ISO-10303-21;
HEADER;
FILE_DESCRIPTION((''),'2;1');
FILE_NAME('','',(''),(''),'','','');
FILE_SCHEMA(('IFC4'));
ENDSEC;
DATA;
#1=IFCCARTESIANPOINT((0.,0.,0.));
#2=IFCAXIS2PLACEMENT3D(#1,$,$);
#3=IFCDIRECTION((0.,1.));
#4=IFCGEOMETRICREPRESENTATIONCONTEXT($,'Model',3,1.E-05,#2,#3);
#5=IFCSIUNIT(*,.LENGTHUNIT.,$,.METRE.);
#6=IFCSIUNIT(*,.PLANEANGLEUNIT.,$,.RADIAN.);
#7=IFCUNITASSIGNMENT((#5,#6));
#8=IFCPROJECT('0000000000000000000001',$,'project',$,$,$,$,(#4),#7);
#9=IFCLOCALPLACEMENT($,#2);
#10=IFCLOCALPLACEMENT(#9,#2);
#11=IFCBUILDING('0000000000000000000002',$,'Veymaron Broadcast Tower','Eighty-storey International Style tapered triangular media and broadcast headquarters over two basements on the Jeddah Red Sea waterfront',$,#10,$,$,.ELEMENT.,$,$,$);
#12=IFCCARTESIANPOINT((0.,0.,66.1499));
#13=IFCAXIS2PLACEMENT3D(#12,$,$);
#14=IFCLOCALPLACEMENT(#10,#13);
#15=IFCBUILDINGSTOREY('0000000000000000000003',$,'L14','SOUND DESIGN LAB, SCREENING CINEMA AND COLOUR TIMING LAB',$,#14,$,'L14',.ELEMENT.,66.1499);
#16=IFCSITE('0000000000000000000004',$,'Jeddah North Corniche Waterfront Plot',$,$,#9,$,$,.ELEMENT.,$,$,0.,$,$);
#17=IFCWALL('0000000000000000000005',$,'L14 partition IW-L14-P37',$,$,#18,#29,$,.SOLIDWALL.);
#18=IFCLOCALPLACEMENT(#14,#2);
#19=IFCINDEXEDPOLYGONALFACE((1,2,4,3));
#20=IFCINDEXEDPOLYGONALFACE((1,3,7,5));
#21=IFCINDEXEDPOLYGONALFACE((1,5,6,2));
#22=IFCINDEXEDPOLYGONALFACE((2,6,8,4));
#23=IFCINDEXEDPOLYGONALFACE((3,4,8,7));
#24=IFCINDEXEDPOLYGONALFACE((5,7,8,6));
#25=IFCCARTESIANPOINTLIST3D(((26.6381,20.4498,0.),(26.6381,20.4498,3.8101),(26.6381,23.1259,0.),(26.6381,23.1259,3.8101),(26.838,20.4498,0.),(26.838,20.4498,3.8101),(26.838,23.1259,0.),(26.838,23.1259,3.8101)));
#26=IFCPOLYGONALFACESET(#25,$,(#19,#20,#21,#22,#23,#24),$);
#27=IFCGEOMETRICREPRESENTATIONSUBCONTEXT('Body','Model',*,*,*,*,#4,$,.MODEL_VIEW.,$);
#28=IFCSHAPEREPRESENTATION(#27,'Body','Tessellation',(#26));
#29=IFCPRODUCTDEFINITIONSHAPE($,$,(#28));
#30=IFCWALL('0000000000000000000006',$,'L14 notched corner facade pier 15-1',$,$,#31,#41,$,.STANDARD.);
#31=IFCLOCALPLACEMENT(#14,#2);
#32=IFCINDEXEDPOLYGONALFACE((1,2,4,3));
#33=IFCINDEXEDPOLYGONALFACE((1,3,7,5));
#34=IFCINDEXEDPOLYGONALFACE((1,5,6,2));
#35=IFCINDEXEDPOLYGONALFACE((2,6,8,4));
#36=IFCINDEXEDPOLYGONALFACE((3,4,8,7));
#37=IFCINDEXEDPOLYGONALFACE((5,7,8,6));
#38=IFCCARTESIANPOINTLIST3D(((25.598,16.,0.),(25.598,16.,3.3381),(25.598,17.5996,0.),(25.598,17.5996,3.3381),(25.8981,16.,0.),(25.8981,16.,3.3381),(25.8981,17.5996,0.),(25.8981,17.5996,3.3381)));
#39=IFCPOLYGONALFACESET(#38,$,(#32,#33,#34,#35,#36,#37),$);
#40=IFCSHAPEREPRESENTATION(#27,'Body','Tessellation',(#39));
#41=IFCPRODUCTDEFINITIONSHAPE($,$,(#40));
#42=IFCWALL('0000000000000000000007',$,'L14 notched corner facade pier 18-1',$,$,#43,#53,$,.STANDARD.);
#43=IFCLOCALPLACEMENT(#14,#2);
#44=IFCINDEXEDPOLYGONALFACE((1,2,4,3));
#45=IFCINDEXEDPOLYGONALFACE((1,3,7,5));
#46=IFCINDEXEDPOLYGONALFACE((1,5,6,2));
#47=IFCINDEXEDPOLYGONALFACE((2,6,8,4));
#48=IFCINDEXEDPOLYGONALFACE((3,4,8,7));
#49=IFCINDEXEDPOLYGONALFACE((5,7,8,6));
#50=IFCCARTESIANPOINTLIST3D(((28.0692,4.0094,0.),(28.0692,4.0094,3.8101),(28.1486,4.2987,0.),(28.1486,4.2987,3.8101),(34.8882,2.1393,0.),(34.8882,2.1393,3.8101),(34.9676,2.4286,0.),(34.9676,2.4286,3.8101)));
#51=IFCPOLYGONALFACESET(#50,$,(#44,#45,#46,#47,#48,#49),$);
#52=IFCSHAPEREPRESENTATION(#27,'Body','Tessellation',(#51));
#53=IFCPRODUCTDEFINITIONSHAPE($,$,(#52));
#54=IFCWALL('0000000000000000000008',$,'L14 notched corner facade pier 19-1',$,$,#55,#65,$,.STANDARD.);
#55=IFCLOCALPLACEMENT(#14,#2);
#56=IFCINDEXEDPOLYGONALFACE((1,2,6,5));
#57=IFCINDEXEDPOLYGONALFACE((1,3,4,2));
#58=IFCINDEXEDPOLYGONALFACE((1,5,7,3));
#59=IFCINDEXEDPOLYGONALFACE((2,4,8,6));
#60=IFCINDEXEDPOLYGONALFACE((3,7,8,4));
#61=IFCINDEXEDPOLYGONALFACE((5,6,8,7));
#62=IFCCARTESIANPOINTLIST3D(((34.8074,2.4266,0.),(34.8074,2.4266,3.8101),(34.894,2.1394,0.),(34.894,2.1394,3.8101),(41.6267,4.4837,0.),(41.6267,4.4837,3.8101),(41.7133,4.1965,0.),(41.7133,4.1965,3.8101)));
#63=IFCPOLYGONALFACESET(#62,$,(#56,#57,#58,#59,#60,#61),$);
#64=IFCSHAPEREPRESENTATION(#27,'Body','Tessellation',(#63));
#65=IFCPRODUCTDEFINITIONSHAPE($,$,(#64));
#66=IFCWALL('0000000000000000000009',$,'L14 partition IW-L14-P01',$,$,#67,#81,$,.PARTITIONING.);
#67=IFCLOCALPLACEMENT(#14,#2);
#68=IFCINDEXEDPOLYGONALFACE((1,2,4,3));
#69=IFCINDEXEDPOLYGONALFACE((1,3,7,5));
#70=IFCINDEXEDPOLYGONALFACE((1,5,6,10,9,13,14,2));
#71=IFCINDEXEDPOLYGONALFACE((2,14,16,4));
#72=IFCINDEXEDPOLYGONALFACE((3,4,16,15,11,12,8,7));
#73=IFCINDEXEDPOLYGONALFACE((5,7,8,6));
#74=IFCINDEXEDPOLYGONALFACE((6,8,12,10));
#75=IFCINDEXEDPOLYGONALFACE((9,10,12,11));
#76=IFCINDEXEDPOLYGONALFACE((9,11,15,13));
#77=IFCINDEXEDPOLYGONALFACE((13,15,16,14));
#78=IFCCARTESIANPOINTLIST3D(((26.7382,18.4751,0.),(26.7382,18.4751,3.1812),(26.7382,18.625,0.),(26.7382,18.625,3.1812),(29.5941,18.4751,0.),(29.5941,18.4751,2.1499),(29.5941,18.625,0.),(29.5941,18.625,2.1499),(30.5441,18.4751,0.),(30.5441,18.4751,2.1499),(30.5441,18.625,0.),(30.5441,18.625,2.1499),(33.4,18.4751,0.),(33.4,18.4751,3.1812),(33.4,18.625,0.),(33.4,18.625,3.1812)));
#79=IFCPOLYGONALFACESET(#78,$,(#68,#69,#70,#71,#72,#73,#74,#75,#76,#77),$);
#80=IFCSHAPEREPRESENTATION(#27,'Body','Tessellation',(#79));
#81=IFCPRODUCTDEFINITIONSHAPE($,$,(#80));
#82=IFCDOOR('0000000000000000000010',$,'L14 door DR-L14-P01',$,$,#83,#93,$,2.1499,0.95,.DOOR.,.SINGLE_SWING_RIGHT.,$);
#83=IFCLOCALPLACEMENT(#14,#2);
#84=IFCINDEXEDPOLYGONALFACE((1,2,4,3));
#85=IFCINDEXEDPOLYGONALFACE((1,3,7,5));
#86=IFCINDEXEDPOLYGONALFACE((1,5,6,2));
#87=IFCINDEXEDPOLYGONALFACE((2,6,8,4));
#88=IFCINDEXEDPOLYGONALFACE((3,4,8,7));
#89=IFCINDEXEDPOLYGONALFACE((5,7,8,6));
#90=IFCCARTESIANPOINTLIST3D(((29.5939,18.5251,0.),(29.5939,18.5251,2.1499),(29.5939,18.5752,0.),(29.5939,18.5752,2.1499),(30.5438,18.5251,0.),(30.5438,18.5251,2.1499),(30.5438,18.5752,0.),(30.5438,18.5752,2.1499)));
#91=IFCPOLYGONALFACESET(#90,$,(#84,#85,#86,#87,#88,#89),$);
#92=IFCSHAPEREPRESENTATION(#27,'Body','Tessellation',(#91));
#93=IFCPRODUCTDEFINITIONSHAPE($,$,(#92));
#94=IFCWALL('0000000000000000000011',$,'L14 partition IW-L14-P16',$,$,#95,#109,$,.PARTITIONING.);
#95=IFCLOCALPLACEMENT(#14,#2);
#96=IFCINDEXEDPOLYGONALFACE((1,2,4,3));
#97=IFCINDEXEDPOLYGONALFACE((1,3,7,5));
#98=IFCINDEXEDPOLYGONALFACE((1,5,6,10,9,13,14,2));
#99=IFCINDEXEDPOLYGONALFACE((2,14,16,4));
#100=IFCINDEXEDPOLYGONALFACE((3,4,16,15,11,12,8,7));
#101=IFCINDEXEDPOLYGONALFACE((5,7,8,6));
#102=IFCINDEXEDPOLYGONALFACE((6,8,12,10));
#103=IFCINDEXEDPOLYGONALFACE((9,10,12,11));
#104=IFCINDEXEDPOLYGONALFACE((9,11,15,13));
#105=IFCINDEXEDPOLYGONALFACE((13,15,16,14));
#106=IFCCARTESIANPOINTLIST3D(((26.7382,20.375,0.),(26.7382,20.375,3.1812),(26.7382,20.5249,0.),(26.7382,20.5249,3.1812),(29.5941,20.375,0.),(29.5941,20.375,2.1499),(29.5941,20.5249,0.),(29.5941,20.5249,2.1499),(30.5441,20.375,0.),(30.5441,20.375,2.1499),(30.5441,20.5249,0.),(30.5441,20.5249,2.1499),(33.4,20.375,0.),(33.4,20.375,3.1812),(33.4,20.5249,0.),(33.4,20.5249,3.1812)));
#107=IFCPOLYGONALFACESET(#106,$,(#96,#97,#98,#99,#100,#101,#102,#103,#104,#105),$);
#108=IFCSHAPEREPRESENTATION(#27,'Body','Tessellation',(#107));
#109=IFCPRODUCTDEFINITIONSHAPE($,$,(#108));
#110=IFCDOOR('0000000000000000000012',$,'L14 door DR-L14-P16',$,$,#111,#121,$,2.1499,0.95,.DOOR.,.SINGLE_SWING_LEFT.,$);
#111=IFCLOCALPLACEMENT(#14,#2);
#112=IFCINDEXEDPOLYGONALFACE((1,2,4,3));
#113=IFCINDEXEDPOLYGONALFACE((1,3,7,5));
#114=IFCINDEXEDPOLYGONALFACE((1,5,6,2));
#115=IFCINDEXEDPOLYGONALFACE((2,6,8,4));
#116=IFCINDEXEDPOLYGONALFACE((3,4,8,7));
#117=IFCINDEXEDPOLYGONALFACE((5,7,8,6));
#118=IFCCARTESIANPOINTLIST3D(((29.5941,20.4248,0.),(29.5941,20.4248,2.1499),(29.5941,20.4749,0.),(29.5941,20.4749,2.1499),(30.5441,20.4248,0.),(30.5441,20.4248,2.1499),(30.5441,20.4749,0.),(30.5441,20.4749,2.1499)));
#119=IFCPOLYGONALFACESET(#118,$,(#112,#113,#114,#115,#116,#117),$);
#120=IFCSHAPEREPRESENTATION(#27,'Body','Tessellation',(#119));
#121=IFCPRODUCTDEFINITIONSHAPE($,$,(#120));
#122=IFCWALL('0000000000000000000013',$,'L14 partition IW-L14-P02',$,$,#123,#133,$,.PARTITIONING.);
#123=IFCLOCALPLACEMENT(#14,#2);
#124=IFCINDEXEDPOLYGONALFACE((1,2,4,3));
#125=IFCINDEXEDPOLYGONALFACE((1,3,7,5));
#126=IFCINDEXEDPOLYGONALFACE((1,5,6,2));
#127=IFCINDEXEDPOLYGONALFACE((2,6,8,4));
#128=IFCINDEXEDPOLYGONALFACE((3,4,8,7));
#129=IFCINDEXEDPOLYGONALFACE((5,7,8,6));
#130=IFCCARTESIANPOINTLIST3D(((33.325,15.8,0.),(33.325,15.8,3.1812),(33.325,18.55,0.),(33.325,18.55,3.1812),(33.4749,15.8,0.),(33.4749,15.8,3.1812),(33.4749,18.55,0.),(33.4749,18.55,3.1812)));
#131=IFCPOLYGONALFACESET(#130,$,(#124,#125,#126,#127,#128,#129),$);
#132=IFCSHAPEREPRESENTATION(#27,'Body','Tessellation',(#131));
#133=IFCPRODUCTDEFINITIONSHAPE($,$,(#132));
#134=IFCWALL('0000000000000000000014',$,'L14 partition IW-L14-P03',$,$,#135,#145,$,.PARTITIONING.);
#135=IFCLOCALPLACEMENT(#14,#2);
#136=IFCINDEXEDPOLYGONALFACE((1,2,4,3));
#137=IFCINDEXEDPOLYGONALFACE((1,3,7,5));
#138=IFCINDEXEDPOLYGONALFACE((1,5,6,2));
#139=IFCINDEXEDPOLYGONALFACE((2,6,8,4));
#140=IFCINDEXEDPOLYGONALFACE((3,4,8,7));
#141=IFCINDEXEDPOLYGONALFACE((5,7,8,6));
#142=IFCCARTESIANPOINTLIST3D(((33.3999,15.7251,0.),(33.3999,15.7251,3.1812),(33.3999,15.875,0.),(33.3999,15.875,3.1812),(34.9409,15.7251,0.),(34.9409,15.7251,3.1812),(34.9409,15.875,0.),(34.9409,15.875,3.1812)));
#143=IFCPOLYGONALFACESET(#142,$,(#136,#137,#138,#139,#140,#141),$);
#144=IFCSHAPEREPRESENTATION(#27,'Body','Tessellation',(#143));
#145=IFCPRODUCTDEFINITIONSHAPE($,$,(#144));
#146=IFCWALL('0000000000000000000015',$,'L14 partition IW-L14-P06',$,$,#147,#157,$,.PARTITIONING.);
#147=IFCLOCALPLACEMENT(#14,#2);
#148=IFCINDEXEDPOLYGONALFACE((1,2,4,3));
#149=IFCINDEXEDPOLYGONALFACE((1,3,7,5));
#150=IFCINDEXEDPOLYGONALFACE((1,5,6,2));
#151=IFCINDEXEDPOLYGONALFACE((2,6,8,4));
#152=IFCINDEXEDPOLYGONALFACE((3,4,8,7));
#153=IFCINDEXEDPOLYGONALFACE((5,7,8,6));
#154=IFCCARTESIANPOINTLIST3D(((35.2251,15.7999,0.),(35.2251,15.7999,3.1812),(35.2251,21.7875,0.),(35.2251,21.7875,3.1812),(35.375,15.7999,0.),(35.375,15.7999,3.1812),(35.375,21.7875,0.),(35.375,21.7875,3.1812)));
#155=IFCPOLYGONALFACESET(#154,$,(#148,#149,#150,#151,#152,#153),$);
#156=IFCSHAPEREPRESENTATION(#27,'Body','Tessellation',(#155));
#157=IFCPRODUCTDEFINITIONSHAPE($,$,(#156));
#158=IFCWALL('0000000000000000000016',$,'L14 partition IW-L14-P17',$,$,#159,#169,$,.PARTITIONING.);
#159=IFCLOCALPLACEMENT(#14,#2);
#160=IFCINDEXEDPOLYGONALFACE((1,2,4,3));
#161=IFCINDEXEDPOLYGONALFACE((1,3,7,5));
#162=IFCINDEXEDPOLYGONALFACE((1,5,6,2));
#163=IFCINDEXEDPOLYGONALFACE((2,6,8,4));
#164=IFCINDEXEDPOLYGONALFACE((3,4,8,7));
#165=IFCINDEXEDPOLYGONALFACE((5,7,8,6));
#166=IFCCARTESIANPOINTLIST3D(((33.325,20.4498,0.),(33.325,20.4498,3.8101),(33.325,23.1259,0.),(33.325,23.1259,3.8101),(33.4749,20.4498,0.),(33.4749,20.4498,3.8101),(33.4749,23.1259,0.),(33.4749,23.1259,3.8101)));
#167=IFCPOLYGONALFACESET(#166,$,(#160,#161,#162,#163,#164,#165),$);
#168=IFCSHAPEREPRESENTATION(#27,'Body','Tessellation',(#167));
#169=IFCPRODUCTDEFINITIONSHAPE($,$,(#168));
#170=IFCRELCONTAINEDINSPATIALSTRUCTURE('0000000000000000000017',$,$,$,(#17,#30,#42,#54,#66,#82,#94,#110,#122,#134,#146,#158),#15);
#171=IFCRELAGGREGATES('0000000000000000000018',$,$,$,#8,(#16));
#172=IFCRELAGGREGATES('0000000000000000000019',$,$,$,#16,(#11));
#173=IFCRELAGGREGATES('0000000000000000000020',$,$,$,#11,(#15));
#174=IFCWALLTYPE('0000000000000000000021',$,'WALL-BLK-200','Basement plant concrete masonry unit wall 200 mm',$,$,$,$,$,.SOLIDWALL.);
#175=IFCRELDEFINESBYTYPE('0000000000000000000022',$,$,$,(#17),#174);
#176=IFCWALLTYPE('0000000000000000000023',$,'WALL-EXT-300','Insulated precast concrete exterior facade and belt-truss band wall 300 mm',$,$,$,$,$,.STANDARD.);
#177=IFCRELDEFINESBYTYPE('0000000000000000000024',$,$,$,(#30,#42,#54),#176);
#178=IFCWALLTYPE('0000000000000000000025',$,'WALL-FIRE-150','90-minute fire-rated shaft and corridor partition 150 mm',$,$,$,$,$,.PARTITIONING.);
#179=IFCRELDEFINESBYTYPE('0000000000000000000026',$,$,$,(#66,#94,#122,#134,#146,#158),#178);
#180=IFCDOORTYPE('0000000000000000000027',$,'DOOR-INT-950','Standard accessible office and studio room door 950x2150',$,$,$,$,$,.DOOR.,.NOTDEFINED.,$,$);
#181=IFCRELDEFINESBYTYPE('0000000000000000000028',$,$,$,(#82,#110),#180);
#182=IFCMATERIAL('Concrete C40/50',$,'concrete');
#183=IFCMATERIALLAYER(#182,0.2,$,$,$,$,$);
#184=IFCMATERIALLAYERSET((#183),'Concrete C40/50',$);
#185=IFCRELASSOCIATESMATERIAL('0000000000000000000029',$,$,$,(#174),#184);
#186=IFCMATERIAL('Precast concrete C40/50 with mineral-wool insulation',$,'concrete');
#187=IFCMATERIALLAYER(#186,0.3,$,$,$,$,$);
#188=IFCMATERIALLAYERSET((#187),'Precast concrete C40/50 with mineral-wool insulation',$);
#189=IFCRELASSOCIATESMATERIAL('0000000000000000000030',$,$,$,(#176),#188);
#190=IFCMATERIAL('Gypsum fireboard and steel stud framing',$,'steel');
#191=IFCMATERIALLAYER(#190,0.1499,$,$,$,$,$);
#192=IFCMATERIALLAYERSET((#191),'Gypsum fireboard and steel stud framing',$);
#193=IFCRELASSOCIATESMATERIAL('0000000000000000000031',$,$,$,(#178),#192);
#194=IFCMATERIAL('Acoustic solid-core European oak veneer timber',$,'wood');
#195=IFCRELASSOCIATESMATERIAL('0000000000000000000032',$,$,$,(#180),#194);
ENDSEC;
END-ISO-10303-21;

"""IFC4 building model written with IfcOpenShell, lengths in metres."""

from ifc_helpers import new_model, si_unit, direction, frame, frame_2d, origin, place, context, subcontext, project, spatial, rectangle, extrude, material, layer, layer_set, type_object, element, fill, save


model = new_model("IFC4")

# Units and contexts
model_context = context("Model", 3, precision=1e-05, world=origin(), true_north=direction((0.0, 1.0)))
body_context = subcontext(model_context, "Body", "Model", "MODEL_VIEW")
ifc_project = project(units=[si_unit("LENGTHUNIT", "METRE"), si_unit("PLANEANGLEUNIT", "RADIAN")], contexts=[model_context])

# Site, building, storey
site_placement = place(None, origin())
site = spatial("IfcSite", under=ifc_project, at=site_placement, Name="Jeddah North Corniche Waterfront Plot", CompositionType="ELEMENT", RefElevation=0.0)
building_placement = place(site_placement, origin())
building = spatial("IfcBuilding", under=site, at=building_placement, Name="Veymaron Broadcast Tower", Description="Eighty-storey International Style tapered triangular media and broadcast headquarters over two basements on the Jeddah Red Sea waterfront", CompositionType="ELEMENT")
storey_placement = place(building_placement, frame((0.0, 0.0, 66.1499)))
storey = spatial("IfcBuildingStorey", under=building, at=storey_placement, Name="L14", Description="SOUND DESIGN LAB, SCREENING CINEMA AND COLOUR TIMING LAB", LongName="L14", CompositionType="ELEMENT", Elevation=66.1499)

# Walls
ifc_material_1 = material(Name="Concrete C40/50", Category="concrete")
ifc_layer_1 = layer(ifc_material_1, 0.2)
ifc_layer_set_1 = layer_set([ifc_layer_1], Name="Concrete C40/50")
wall_type_1 = type_object("IfcWallType", Name="WALL-BLK-200", Description="Basement plant concrete masonry unit wall 200 mm", PredefinedType="SOLIDWALL", material=ifc_layer_set_1)
wall_1_placement = place(storey_placement, frame((26.738, 20.45, 0.0), z_axis=(0.0, 0.0, 1.0), x_axis=(0.0, 1.0, 0.0)))
element("IfcWall", 1, at=wall_1_placement, inside=storey, type_object=wall_type_1, Name="L14 partition IW-L14-P37", PredefinedType="SOLIDWALL", context=body_context, shape_type="SweptSolid", body=[
    extrude(rectangle(XDim=2.676, YDim=0.2, at=frame_2d((1.3379, 0.0))), origin(), (0.0, 0.0, 1.0), 3.8101),
])
ifc_material_2 = material(Name="Precast concrete C40/50 with mineral-wool insulation", Category="concrete")
ifc_layer_2 = layer(ifc_material_2, 0.3)
ifc_layer_set_2 = layer_set([ifc_layer_2], Name="Precast concrete C40/50 with mineral-wool insulation")
wall_type_2 = type_object("IfcWallType", Name="WALL-EXT-300", Description="Insulated precast concrete exterior facade and belt-truss band wall 300 mm", PredefinedType="STANDARD", material=ifc_layer_set_2)
wall_2_placement = place(storey_placement, frame((25.748, 17.5996, 0.0), z_axis=(0.0, 0.0, 1.0), x_axis=(0.0, -1.0, 0.0)))
element("IfcWall", 2, at=wall_2_placement, inside=storey, type_object=wall_type_2, Name="L14 notched corner facade pier 15-1", PredefinedType="STANDARD", context=body_context, shape_type="SweptSolid", body=[
    extrude(rectangle(XDim=1.5996, YDim=0.3, at=frame_2d((0.7998, 0.0))), origin(), (0.0, 0.0, 1.0), 3.3381),
])
wall_3_placement = place(storey_placement, frame((28.1089, 4.1541, 0.0), z_axis=(0.0, 0.0, 1.0), x_axis=(0.964391, -0.264482, 0.0)))
element("IfcWall", 3, at=wall_3_placement, inside=storey, type_object=wall_type_2, Name="L14 notched corner facade pier 18-1", PredefinedType="STANDARD", context=body_context, shape_type="SweptSolid", body=[
    extrude(rectangle(XDim=7.0708, YDim=0.3, at=frame_2d((3.5354, 0.0))), origin(), (0.0, 0.0, 1.0), 3.8101),
])
wall_4_placement = place(storey_placement, frame((34.8506, 2.283, 0.0), z_axis=(0.0, 0.0, 1.0), x_axis=(0.957387, 0.288807, 0.0)))
element("IfcWall", 4, at=wall_4_placement, inside=storey, type_object=wall_type_2, Name="L14 notched corner facade pier 19-1", PredefinedType="STANDARD", context=body_context, shape_type="SweptSolid", body=[
    extrude(rectangle(XDim=7.1228, YDim=0.3, at=frame_2d((3.5615, 0.0))), origin(), (0.0, 0.0, 1.0), 3.8101),
])

# Walls, openings, doors
ifc_material_3 = material(Name="Gypsum fireboard and steel stud framing", Category="steel")
ifc_layer_3 = layer(ifc_material_3, 0.1499)
ifc_layer_set_3 = layer_set([ifc_layer_3], Name="Gypsum fireboard and steel stud framing")
wall_type_3 = type_object("IfcWallType", Name="WALL-FIRE-150", Description="90-minute fire-rated shaft and corridor partition 150 mm", PredefinedType="PARTITIONING", material=ifc_layer_set_3)
wall_5_placement = place(storey_placement, frame((26.738, 18.55, 0.0), z_axis=(0.0, 0.0, 1.0), x_axis=(1.0, 0.0, 0.0)))
wall_5 = element("IfcWall", 5, at=wall_5_placement, inside=storey, type_object=wall_type_3, Name="L14 partition IW-L14-P01", PredefinedType="PARTITIONING", context=body_context, shape_type="SweptSolid", body=[
    extrude(rectangle(XDim=6.6619, YDim=0.1499, at=frame_2d((3.3311, 0.0))), origin(), (0.0, 0.0, 1.0), 3.1812),
])
opening_1_placement = place(wall_5_placement, frame((2.856, 0.0, 0.0)))
opening_1 = element("IfcOpeningElement", 6, at=opening_1_placement, cuts=wall_5, PredefinedType="OPENING", context=body_context, shape_type="SweptSolid", body=[
    extrude(rectangle(XDim=0.95, YDim=2.1499, at=frame_2d((0.4751, 1.075))), frame((0.0, 0.085, 0.0), z_axis=(0.0, -1.0, 0.0), x_axis=(1.0, 0.0, 0.0)), (0.0, 0.0, 1.0), 0.1699),
])
ifc_material_4 = material(Name="Acoustic solid-core European oak veneer timber", Category="wood")
door_type = type_object("IfcDoorType", Name="DOOR-INT-950", Description="Standard accessible office and studio room door 950x2150", OperationType="NOTDEFINED", PredefinedType="DOOR", material=ifc_material_4)
door_1_placement = place(opening_1_placement, frame((0.95, 0.0, 0.0), z_axis=(0.0, 0.0, 1.0), x_axis=(-1.0, 0.0, 0.0)))
door_1 = element("IfcDoor", 7, at=door_1_placement, inside=storey, type_object=door_type, Name="L14 door DR-L14-P01", OperationType="SINGLE_SWING_RIGHT", OverallHeight=2.1499, OverallWidth=0.95, PredefinedType="DOOR", context=body_context, shape_type="SweptSolid", body=[
    extrude(rectangle(XDim=0.95, YDim=2.1499, at=frame_2d((0.4751, 1.075))), frame((0.0, 0.0249, 0.0), z_axis=(0.0, -1.0, 0.0), x_axis=(1.0, 0.0, 0.0)), (0.0, 0.0, 1.0), 0.05),
])
fill(opening_1, door_1)
wall_6_placement = place(storey_placement, frame((26.738, 20.45, 0.0), z_axis=(0.0, 0.0, 1.0), x_axis=(1.0, 0.0, 0.0)))
wall_6 = element("IfcWall", 8, at=wall_6_placement, inside=storey, type_object=wall_type_3, Name="L14 partition IW-L14-P16", PredefinedType="PARTITIONING", context=body_context, shape_type="SweptSolid", body=[
    extrude(rectangle(XDim=6.6619, YDim=0.1499, at=frame_2d((3.3311, 0.0))), origin(), (0.0, 0.0, 1.0), 3.1812),
])
opening_2_placement = place(wall_6_placement, frame((2.856, 0.0, 0.0)))
opening_2 = element("IfcOpeningElement", 9, at=opening_2_placement, cuts=wall_6, PredefinedType="OPENING", context=body_context, shape_type="SweptSolid", body=[
    extrude(rectangle(XDim=0.95, YDim=2.1499, at=frame_2d((0.4751, 1.075))), frame((0.0, 0.085, 0.0), z_axis=(0.0, -1.0, 0.0), x_axis=(1.0, 0.0, 0.0)), (0.0, 0.0, 1.0), 0.1699),
])
door_2_placement = place(opening_2_placement, origin())
door_2 = element("IfcDoor", 10, at=door_2_placement, inside=storey, type_object=door_type, Name="L14 door DR-L14-P16", OperationType="SINGLE_SWING_LEFT", OverallHeight=2.1499, OverallWidth=0.95, PredefinedType="DOOR", context=body_context, shape_type="SweptSolid", body=[
    extrude(rectangle(XDim=0.95, YDim=2.1499, at=frame_2d((0.4751, 1.075))), frame((0.0, 0.0249, 0.0), z_axis=(0.0, -1.0, 0.0), x_axis=(1.0, 0.0, 0.0)), (0.0, 0.0, 1.0), 0.05),
])
fill(opening_2, door_2)

# Walls
wall_7_placement = place(storey_placement, frame((33.3999, 15.8, 0.0), z_axis=(0.0, 0.0, 1.0), x_axis=(0.0, 1.0, 0.0)))
element("IfcWall", 11, at=wall_7_placement, inside=storey, type_object=wall_type_3, Name="L14 partition IW-L14-P02", PredefinedType="PARTITIONING", context=body_context, shape_type="SweptSolid", body=[
    extrude(rectangle(XDim=2.75, YDim=0.1499, at=frame_2d((1.375, 0.0))), origin(), (0.0, 0.0, 1.0), 3.1812),
])
wall_8_placement = place(storey_placement, frame((33.3999, 15.8, 0.0), z_axis=(0.0, 0.0, 1.0), x_axis=(1.0, 0.0, 0.0)))
element("IfcWall", 12, at=wall_8_placement, inside=storey, type_object=wall_type_3, Name="L14 partition IW-L14-P03", PredefinedType="PARTITIONING", context=body_context, shape_type="SweptSolid", body=[
    extrude(rectangle(XDim=1.541, YDim=0.1499, at=frame_2d((0.7705, 0.0))), origin(), (0.0, 0.0, 1.0), 3.1812),
])
wall_9_placement = place(storey_placement, frame((35.3, 15.8, 0.0), z_axis=(0.0, 0.0, 1.0), x_axis=(0.0, 1.0, 0.0)))
element("IfcWall", 13, at=wall_9_placement, inside=storey, type_object=wall_type_3, Name="L14 partition IW-L14-P06", PredefinedType="PARTITIONING", context=body_context, shape_type="SweptSolid", body=[
    extrude(rectangle(XDim=5.9875, YDim=0.1499, at=frame_2d((2.9937, 0.0))), origin(), (0.0, 0.0, 1.0), 3.1812),
])
wall_10_placement = place(storey_placement, frame((33.3999, 20.45, 0.0), z_axis=(0.0, 0.0, 1.0), x_axis=(0.0, 1.0, 0.0)))
element("IfcWall", 14, at=wall_10_placement, inside=storey, type_object=wall_type_3, Name="L14 partition IW-L14-P17", PredefinedType="PARTITIONING", context=body_context, shape_type="SweptSolid", body=[
    extrude(rectangle(XDim=2.676, YDim=0.1499, at=frame_2d((1.3379, 0.0))), origin(), (0.0, 0.0, 1.0), 3.8101),
])

save(model, "model.ifc")
